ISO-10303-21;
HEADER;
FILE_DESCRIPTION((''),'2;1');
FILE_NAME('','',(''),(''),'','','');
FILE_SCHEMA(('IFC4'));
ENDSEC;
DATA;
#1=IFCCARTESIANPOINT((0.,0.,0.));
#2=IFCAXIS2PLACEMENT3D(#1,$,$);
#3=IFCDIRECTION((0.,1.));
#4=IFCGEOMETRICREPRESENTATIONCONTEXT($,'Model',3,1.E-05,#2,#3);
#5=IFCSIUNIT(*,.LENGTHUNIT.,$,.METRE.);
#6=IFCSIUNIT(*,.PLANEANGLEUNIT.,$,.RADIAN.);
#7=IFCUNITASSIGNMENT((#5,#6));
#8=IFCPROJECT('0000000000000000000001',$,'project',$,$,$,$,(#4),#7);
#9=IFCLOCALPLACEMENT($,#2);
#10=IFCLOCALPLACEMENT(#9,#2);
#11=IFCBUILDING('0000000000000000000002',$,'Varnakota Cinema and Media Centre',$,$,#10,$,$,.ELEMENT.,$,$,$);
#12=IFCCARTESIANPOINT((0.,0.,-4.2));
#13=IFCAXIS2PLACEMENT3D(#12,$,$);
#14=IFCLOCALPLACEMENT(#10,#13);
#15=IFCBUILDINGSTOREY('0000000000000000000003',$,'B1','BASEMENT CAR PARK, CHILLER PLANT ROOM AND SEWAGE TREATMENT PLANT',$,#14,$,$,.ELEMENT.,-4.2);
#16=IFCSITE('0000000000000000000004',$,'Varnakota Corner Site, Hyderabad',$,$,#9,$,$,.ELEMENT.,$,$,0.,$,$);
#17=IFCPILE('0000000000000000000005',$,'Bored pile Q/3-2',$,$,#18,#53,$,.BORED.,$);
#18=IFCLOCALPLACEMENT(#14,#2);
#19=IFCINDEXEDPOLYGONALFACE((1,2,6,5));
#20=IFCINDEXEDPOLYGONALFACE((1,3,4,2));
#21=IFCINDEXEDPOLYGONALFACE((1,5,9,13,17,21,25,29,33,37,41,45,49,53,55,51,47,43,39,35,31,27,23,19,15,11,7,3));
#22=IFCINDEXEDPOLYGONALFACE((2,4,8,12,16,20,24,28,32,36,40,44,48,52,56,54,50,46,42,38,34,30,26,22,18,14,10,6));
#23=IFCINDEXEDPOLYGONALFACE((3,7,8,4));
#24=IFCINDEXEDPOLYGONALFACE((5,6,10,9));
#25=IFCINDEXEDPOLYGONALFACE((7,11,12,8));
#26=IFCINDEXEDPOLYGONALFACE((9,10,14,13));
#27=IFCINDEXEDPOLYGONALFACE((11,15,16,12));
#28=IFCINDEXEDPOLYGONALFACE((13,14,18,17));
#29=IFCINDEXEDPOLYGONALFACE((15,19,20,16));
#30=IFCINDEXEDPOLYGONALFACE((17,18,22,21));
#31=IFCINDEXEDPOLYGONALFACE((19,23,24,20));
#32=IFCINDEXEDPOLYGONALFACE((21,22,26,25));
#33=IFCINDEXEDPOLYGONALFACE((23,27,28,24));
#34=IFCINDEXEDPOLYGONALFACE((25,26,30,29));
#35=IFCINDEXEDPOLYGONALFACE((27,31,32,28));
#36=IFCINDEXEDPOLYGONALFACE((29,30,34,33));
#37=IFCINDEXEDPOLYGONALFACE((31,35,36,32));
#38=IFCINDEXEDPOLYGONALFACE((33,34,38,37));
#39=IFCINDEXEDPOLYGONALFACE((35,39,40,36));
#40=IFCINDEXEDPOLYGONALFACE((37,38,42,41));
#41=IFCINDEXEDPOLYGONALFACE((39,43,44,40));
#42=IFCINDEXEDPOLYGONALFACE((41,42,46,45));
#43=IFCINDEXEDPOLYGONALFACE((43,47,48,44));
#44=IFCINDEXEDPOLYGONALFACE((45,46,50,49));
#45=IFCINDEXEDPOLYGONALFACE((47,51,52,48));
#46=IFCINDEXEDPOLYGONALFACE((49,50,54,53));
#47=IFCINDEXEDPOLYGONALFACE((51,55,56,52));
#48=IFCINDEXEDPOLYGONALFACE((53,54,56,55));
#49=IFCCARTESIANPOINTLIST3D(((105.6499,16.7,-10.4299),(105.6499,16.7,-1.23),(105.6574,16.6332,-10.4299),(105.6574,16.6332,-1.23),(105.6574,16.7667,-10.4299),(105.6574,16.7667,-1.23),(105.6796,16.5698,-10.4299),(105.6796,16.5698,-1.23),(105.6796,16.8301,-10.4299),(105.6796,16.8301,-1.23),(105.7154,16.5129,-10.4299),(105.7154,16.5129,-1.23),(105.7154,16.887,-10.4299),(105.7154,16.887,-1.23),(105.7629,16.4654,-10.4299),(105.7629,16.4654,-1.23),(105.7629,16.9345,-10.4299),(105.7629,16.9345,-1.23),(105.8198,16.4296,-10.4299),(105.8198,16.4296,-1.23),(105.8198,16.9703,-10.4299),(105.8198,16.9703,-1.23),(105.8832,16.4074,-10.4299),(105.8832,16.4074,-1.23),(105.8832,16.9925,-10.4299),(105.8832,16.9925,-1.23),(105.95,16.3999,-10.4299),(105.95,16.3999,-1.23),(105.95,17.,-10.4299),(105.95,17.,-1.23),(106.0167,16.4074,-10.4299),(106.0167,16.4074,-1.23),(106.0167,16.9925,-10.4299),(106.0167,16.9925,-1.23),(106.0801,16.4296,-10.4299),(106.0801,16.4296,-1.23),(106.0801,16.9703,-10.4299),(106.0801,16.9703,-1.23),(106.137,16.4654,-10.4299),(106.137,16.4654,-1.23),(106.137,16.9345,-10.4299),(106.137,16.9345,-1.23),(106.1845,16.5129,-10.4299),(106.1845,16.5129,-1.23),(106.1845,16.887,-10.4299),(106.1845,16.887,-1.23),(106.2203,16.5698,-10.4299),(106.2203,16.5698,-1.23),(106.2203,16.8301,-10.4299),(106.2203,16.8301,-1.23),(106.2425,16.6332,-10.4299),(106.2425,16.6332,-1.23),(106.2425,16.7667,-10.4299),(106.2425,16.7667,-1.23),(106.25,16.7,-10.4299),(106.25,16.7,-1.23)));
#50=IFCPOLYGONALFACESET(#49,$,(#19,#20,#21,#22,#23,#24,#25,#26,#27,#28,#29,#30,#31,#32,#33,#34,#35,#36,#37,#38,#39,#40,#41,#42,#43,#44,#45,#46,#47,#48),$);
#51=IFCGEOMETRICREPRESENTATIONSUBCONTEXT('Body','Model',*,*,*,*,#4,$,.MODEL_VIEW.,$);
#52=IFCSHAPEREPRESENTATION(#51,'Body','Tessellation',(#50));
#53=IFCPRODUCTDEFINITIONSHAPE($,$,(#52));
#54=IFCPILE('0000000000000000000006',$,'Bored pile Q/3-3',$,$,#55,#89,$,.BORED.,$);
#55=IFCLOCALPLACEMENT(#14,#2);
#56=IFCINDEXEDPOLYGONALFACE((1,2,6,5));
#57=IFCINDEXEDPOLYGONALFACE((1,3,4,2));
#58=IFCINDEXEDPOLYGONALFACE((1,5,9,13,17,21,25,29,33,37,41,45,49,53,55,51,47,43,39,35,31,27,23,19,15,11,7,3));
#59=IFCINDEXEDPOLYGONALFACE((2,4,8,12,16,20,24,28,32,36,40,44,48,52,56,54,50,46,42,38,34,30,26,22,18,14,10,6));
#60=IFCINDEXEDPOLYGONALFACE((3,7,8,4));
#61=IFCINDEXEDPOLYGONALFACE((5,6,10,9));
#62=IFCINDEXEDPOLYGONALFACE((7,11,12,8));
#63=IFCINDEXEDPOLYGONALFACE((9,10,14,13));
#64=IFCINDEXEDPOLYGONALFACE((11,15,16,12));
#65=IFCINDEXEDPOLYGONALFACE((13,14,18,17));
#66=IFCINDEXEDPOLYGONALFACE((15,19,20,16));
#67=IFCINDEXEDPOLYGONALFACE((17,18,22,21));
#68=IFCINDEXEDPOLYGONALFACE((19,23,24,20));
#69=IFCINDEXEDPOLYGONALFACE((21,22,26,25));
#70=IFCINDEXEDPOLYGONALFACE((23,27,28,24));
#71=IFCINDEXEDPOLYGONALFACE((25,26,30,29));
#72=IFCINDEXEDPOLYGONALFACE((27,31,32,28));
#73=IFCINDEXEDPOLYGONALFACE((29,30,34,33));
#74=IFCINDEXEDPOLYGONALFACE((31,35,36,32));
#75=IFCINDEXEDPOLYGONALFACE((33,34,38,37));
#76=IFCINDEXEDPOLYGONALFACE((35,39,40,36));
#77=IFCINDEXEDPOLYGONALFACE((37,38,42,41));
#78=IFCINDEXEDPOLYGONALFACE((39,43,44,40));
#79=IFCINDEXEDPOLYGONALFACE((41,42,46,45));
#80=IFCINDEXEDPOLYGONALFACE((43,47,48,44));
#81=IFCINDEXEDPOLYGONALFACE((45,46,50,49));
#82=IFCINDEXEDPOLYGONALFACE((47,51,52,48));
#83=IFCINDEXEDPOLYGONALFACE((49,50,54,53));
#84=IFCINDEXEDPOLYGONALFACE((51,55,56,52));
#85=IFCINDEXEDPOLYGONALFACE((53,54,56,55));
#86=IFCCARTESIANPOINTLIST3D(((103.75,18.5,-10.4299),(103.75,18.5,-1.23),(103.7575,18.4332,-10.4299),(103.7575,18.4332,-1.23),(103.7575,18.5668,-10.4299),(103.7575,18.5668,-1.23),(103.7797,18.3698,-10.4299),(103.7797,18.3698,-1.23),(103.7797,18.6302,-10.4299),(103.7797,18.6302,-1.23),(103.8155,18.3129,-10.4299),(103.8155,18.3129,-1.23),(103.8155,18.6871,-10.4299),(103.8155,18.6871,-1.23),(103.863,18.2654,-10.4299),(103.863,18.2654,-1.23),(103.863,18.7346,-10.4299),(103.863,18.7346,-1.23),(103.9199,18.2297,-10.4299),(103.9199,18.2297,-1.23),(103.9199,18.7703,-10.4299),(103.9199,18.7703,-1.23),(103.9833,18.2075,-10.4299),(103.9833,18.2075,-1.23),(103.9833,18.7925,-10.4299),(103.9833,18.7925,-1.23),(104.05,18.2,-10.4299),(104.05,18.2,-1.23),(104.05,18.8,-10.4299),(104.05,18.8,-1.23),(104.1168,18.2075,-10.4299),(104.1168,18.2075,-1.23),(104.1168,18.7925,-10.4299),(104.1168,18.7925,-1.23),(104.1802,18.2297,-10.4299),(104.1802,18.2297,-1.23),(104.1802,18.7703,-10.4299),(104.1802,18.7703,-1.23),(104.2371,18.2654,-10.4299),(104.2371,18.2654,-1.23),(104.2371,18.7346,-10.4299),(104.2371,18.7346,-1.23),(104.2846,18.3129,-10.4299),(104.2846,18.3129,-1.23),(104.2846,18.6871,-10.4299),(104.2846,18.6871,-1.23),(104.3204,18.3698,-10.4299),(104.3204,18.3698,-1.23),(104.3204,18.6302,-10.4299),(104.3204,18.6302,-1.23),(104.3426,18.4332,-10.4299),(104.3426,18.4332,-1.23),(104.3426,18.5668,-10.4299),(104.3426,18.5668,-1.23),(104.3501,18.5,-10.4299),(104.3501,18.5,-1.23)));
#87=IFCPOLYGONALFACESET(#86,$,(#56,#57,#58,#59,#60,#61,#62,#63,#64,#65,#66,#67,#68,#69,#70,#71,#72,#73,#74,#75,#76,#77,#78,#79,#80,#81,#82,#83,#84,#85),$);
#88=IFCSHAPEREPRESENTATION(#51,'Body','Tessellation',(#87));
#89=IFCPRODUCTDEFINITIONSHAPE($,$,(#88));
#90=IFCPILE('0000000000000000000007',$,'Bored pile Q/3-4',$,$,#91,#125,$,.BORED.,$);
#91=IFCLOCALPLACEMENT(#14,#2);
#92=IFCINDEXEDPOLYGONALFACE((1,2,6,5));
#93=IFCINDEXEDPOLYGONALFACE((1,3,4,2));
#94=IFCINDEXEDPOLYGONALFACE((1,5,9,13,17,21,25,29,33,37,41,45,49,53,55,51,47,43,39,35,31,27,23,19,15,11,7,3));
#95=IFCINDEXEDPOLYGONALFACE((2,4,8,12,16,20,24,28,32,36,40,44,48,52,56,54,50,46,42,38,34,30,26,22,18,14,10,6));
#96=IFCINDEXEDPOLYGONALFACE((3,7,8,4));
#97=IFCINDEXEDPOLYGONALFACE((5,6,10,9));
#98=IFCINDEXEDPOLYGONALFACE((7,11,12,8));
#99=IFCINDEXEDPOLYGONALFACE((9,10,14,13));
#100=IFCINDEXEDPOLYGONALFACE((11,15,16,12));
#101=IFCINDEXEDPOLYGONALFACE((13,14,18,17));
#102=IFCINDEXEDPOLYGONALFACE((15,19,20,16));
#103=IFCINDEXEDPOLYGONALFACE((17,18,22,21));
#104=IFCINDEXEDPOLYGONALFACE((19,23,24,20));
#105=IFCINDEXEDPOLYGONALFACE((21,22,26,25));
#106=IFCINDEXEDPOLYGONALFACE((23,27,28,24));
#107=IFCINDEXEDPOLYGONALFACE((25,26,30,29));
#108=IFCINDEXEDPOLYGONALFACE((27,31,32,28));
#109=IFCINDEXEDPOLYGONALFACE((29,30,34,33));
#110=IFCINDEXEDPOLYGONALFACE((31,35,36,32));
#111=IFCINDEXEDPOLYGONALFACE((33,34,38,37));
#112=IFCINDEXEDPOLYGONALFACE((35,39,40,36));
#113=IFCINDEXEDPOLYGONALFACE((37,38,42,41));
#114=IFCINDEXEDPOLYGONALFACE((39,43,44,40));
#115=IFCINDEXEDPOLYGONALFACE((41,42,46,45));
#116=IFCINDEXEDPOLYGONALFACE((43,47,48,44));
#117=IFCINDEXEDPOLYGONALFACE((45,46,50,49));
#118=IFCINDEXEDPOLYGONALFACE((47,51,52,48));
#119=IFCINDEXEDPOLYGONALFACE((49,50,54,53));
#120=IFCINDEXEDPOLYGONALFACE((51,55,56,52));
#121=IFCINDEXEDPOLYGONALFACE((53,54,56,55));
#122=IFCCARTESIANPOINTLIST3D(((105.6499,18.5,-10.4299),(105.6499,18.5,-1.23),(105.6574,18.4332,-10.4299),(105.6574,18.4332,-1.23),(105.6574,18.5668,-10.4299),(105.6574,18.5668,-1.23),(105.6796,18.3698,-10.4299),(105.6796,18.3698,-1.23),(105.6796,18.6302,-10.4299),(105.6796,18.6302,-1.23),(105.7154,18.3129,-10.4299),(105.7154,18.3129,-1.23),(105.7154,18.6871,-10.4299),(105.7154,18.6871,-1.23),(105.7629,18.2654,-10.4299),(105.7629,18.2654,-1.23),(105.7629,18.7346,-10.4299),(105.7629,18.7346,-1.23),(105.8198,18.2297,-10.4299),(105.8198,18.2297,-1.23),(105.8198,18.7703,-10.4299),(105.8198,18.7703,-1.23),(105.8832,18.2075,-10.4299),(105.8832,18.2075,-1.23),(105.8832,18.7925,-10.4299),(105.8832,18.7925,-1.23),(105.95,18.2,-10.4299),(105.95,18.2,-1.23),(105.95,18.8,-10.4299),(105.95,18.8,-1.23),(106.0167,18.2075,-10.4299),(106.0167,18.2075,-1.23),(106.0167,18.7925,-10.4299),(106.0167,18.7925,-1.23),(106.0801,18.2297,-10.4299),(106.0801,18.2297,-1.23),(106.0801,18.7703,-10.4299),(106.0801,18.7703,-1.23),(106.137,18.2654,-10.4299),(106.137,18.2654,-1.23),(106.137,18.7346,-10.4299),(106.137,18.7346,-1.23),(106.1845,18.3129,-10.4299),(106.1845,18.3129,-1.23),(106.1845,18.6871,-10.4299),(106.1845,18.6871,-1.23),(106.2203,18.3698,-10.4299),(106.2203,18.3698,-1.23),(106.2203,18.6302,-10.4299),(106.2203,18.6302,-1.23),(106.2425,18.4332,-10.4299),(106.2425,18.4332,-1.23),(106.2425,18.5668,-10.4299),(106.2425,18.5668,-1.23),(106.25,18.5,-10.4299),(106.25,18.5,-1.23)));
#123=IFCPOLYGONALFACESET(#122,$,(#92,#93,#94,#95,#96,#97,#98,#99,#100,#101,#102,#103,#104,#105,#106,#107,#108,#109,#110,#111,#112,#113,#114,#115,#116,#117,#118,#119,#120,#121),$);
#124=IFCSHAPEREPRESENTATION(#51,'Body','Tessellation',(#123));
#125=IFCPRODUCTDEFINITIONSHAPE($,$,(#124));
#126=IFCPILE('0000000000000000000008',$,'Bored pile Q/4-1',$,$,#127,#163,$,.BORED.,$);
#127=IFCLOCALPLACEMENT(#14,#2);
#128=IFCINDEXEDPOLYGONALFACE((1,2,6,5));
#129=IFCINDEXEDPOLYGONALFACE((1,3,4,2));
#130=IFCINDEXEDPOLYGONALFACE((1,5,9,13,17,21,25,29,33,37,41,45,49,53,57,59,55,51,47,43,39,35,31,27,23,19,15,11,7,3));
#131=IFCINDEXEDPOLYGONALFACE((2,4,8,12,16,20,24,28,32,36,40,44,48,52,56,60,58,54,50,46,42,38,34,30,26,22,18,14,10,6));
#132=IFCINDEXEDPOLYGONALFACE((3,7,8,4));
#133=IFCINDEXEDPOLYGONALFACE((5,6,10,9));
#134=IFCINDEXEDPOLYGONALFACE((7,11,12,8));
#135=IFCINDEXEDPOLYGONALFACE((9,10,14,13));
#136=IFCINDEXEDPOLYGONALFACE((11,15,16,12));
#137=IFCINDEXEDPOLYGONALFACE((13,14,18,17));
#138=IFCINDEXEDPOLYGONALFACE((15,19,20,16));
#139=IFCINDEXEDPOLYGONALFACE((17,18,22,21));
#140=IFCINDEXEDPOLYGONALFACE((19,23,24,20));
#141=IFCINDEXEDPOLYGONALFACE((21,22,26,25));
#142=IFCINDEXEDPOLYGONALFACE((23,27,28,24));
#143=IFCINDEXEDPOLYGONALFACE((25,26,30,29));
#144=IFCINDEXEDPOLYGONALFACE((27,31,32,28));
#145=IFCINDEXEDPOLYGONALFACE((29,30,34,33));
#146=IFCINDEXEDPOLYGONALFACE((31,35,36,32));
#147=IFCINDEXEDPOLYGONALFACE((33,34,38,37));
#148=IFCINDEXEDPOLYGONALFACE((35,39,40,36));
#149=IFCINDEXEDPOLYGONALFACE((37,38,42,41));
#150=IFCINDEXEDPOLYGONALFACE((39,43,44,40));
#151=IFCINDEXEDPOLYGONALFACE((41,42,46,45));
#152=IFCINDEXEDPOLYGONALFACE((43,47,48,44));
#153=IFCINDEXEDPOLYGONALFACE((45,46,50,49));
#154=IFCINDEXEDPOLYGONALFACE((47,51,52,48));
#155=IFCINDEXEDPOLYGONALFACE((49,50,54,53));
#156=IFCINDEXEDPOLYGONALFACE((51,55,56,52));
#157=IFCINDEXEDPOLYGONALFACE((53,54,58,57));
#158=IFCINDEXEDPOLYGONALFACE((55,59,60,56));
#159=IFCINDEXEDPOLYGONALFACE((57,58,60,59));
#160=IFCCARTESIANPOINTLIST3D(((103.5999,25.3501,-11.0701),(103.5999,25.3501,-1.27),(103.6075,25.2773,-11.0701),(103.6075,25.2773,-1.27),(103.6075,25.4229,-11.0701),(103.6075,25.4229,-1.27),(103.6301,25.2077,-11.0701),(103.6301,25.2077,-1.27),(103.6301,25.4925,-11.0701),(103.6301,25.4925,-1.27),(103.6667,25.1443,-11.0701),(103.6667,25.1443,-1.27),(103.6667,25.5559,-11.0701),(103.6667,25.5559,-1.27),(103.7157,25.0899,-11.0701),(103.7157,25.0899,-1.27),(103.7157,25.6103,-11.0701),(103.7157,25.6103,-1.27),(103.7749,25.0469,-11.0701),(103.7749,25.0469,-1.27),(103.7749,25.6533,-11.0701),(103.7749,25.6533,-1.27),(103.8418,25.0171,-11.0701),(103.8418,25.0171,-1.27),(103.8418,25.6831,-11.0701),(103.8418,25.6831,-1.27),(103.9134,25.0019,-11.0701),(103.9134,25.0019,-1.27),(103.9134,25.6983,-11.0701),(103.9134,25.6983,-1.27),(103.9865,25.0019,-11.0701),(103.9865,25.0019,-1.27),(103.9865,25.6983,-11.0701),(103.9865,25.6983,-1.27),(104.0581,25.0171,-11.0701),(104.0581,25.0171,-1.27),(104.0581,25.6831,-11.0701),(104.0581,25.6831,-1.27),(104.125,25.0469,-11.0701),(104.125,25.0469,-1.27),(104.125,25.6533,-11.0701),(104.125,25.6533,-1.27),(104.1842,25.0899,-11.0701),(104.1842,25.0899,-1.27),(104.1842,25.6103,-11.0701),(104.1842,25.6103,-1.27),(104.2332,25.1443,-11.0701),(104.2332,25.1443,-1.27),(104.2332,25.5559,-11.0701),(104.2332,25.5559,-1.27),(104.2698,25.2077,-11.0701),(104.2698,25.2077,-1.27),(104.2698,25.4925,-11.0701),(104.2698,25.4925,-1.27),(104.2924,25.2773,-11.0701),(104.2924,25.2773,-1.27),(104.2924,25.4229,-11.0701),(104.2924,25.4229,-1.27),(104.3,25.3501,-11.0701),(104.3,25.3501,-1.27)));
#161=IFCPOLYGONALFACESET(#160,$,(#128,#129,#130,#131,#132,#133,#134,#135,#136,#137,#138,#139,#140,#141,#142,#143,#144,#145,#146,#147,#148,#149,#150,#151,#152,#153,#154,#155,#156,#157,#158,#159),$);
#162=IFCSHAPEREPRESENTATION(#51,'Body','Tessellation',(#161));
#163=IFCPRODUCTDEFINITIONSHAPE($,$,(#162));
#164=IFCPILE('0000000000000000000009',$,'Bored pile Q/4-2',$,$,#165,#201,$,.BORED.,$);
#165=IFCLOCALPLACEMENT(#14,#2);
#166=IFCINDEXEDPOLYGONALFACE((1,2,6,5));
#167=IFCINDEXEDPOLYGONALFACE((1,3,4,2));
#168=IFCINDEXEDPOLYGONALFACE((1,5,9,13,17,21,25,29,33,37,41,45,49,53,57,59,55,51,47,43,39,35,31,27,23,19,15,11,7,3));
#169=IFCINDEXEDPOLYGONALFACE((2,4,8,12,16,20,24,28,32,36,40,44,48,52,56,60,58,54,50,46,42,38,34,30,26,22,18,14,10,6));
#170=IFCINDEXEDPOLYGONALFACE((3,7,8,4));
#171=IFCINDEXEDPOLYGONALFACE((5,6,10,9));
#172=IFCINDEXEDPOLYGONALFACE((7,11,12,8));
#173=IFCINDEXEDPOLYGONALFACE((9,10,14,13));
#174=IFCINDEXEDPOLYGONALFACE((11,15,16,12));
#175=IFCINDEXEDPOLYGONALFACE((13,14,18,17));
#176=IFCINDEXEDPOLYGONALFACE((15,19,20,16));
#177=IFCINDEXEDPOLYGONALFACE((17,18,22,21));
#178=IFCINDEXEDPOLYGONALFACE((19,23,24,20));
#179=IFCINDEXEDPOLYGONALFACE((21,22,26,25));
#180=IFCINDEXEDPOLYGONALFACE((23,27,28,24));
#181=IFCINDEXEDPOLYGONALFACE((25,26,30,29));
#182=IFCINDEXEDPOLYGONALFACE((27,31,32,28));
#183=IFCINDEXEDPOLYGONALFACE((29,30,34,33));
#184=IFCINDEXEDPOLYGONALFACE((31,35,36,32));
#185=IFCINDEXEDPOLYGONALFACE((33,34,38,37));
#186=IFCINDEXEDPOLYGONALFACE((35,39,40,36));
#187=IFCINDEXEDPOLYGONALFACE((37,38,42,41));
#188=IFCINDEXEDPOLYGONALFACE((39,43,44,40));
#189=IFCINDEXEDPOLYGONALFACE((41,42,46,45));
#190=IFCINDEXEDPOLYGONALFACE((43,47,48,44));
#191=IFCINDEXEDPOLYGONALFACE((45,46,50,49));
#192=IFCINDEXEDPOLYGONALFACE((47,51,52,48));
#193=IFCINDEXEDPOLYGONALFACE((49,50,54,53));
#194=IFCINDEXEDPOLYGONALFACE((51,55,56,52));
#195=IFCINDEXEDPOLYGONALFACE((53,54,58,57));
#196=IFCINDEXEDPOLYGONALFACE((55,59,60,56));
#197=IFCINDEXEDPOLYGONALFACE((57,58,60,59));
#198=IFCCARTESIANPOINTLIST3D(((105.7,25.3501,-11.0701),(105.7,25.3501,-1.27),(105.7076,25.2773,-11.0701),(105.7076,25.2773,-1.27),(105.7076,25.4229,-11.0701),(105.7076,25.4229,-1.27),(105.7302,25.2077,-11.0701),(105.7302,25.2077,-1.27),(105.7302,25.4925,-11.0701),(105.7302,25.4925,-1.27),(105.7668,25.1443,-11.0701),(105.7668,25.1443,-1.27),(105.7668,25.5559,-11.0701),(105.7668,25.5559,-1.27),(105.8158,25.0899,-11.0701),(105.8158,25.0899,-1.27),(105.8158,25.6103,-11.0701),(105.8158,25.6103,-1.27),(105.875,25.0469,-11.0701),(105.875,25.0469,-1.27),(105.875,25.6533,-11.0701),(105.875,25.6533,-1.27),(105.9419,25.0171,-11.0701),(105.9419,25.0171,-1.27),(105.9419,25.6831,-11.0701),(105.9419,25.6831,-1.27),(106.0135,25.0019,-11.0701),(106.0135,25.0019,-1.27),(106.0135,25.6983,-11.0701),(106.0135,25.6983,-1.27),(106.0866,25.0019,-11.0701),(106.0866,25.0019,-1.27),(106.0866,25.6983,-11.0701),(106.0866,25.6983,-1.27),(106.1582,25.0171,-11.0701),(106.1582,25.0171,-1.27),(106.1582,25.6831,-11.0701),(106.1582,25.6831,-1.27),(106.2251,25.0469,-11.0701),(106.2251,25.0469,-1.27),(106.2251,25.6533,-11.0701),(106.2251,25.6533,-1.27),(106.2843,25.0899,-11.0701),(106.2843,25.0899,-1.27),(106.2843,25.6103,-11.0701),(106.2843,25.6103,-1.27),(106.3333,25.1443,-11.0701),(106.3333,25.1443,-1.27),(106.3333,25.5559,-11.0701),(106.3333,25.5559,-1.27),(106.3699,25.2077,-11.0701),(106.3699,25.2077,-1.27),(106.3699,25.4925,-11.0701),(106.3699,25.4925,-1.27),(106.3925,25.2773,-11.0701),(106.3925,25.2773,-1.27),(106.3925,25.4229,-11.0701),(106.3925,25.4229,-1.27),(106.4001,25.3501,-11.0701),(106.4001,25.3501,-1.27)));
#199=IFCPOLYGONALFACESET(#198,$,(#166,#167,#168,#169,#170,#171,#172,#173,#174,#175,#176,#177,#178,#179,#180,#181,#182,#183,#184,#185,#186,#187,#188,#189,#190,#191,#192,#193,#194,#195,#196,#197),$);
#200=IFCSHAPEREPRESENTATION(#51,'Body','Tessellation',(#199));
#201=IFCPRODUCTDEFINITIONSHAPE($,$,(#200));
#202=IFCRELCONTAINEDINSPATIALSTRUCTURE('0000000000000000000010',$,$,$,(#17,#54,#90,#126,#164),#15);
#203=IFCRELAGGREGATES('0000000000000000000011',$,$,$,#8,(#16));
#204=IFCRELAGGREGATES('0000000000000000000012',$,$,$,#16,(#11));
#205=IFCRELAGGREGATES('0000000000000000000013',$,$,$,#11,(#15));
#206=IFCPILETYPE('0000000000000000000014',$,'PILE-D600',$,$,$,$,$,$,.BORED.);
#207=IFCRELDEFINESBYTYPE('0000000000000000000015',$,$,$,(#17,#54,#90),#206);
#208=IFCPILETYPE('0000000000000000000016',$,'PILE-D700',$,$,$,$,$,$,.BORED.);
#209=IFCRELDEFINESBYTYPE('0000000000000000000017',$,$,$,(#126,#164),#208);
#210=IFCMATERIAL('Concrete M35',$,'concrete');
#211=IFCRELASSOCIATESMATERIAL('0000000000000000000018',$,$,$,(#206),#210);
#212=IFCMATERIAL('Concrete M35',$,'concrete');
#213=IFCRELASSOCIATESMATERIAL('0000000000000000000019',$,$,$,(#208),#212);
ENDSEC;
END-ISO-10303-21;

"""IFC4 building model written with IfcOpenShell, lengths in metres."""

from ifc_helpers import new_model, si_unit, direction, frame, origin, origin_2d, place, context, subcontext, project, spatial, circle, extrude, material, material_profile, profile_set, type_object, element, save


model = new_model("IFC4")

# Units and contexts
model_context = context("Model", 3, precision=1e-05, world=origin(), true_north=direction((0.0, 1.0)))
body_context = subcontext(model_context, "Body", "Model", "MODEL_VIEW")
ifc_project = project(units=[si_unit("LENGTHUNIT", "METRE"), si_unit("PLANEANGLEUNIT", "RADIAN")], contexts=[model_context])

# Site, building, storey
site_placement = place(None, origin())
site = spatial("IfcSite", under=ifc_project, at=site_placement, Name="Varnakota Corner Site, Hyderabad", CompositionType="ELEMENT", RefElevation=0.0)
building_placement = place(site_placement, origin())
building = spatial("IfcBuilding", under=site, at=building_placement, Name="Varnakota Cinema and Media Centre", CompositionType="ELEMENT")
storey_placement = place(building_placement, frame((0.0, 0.0, -4.2)))
storey = spatial("IfcBuildingStorey", under=building, at=storey_placement, Name="B1", Description="BASEMENT CAR PARK, CHILLER PLANT ROOM AND SEWAGE TREATMENT PLANT", CompositionType="ELEMENT", Elevation=-4.2)

# Piles
ifc_material_1 = material(Name="Concrete M35", Category="concrete")
ifc_material_profile_1 = material_profile(ifc_material_1, circle(Radius=0.3, at=origin_2d()), Name="PILE D600")
ifc_profile_set_1 = profile_set([ifc_material_profile_1], Name="Concrete M35")
pile_type_1 = type_object("IfcPileType", Name="PILE-D600", PredefinedType="BORED", material=ifc_profile_set_1)
for number, where, z_axis, x_axis, name in (
    (1, (105.95, 16.7, -1.23), (0.0, 0.0, -1.0), (1.0, 0.0, 0.0), "Bored pile Q/3-2"),
    (2, (104.05, 18.5, -1.23), (0.0, 0.0, -1.0), (1.0, 0.0, 0.0), "Bored pile Q/3-3"),
    (3, (105.95, 18.5, -1.23), (0.0, 0.0, -1.0), (1.0, 0.0, 0.0), "Bored pile Q/3-4"),
):
    element("IfcPile", number, at=place(storey_placement, frame(where, z_axis=z_axis, x_axis=x_axis)), inside=storey, type_object=pile_type_1, Name=name, PredefinedType="BORED", context=body_context, shape_type="SweptSolid", body=[
        extrude(circle(Radius=0.3, at=origin_2d()), origin(), (0.0, 0.0, 1.0), 9.2),
    ])
ifc_material_2 = material(Name="Concrete M35", Category="concrete")
ifc_material_profile_2 = material_profile(ifc_material_2, circle(Radius=0.3501, at=origin_2d()), Name="PILE D700")
ifc_profile_set_2 = profile_set([ifc_material_profile_2], Name="Concrete M35")
pile_type_2 = type_object("IfcPileType", Name="PILE-D700", PredefinedType="BORED", material=ifc_profile_set_2)
for number, where, z_axis, x_axis, name in (
    (4, (103.95, 25.3501, -1.27), (0.0, 0.0, -1.0), (1.0, 0.0, 0.0), "Bored pile Q/4-1"),
    (5, (106.05, 25.3501, -1.27), (0.0, 0.0, -1.0), (1.0, 0.0, 0.0), "Bored pile Q/4-2"),
):
    element("IfcPile", number, at=place(storey_placement, frame(where, z_axis=z_axis, x_axis=x_axis)), inside=storey, type_object=pile_type_2, Name=name, PredefinedType="BORED", context=body_context, shape_type="SweptSolid", body=[
        extrude(circle(Radius=0.3501, at=origin_2d()), origin(), (0.0, 0.0, 1.0), 9.8),
    ])

save(model, "model.ifc")
